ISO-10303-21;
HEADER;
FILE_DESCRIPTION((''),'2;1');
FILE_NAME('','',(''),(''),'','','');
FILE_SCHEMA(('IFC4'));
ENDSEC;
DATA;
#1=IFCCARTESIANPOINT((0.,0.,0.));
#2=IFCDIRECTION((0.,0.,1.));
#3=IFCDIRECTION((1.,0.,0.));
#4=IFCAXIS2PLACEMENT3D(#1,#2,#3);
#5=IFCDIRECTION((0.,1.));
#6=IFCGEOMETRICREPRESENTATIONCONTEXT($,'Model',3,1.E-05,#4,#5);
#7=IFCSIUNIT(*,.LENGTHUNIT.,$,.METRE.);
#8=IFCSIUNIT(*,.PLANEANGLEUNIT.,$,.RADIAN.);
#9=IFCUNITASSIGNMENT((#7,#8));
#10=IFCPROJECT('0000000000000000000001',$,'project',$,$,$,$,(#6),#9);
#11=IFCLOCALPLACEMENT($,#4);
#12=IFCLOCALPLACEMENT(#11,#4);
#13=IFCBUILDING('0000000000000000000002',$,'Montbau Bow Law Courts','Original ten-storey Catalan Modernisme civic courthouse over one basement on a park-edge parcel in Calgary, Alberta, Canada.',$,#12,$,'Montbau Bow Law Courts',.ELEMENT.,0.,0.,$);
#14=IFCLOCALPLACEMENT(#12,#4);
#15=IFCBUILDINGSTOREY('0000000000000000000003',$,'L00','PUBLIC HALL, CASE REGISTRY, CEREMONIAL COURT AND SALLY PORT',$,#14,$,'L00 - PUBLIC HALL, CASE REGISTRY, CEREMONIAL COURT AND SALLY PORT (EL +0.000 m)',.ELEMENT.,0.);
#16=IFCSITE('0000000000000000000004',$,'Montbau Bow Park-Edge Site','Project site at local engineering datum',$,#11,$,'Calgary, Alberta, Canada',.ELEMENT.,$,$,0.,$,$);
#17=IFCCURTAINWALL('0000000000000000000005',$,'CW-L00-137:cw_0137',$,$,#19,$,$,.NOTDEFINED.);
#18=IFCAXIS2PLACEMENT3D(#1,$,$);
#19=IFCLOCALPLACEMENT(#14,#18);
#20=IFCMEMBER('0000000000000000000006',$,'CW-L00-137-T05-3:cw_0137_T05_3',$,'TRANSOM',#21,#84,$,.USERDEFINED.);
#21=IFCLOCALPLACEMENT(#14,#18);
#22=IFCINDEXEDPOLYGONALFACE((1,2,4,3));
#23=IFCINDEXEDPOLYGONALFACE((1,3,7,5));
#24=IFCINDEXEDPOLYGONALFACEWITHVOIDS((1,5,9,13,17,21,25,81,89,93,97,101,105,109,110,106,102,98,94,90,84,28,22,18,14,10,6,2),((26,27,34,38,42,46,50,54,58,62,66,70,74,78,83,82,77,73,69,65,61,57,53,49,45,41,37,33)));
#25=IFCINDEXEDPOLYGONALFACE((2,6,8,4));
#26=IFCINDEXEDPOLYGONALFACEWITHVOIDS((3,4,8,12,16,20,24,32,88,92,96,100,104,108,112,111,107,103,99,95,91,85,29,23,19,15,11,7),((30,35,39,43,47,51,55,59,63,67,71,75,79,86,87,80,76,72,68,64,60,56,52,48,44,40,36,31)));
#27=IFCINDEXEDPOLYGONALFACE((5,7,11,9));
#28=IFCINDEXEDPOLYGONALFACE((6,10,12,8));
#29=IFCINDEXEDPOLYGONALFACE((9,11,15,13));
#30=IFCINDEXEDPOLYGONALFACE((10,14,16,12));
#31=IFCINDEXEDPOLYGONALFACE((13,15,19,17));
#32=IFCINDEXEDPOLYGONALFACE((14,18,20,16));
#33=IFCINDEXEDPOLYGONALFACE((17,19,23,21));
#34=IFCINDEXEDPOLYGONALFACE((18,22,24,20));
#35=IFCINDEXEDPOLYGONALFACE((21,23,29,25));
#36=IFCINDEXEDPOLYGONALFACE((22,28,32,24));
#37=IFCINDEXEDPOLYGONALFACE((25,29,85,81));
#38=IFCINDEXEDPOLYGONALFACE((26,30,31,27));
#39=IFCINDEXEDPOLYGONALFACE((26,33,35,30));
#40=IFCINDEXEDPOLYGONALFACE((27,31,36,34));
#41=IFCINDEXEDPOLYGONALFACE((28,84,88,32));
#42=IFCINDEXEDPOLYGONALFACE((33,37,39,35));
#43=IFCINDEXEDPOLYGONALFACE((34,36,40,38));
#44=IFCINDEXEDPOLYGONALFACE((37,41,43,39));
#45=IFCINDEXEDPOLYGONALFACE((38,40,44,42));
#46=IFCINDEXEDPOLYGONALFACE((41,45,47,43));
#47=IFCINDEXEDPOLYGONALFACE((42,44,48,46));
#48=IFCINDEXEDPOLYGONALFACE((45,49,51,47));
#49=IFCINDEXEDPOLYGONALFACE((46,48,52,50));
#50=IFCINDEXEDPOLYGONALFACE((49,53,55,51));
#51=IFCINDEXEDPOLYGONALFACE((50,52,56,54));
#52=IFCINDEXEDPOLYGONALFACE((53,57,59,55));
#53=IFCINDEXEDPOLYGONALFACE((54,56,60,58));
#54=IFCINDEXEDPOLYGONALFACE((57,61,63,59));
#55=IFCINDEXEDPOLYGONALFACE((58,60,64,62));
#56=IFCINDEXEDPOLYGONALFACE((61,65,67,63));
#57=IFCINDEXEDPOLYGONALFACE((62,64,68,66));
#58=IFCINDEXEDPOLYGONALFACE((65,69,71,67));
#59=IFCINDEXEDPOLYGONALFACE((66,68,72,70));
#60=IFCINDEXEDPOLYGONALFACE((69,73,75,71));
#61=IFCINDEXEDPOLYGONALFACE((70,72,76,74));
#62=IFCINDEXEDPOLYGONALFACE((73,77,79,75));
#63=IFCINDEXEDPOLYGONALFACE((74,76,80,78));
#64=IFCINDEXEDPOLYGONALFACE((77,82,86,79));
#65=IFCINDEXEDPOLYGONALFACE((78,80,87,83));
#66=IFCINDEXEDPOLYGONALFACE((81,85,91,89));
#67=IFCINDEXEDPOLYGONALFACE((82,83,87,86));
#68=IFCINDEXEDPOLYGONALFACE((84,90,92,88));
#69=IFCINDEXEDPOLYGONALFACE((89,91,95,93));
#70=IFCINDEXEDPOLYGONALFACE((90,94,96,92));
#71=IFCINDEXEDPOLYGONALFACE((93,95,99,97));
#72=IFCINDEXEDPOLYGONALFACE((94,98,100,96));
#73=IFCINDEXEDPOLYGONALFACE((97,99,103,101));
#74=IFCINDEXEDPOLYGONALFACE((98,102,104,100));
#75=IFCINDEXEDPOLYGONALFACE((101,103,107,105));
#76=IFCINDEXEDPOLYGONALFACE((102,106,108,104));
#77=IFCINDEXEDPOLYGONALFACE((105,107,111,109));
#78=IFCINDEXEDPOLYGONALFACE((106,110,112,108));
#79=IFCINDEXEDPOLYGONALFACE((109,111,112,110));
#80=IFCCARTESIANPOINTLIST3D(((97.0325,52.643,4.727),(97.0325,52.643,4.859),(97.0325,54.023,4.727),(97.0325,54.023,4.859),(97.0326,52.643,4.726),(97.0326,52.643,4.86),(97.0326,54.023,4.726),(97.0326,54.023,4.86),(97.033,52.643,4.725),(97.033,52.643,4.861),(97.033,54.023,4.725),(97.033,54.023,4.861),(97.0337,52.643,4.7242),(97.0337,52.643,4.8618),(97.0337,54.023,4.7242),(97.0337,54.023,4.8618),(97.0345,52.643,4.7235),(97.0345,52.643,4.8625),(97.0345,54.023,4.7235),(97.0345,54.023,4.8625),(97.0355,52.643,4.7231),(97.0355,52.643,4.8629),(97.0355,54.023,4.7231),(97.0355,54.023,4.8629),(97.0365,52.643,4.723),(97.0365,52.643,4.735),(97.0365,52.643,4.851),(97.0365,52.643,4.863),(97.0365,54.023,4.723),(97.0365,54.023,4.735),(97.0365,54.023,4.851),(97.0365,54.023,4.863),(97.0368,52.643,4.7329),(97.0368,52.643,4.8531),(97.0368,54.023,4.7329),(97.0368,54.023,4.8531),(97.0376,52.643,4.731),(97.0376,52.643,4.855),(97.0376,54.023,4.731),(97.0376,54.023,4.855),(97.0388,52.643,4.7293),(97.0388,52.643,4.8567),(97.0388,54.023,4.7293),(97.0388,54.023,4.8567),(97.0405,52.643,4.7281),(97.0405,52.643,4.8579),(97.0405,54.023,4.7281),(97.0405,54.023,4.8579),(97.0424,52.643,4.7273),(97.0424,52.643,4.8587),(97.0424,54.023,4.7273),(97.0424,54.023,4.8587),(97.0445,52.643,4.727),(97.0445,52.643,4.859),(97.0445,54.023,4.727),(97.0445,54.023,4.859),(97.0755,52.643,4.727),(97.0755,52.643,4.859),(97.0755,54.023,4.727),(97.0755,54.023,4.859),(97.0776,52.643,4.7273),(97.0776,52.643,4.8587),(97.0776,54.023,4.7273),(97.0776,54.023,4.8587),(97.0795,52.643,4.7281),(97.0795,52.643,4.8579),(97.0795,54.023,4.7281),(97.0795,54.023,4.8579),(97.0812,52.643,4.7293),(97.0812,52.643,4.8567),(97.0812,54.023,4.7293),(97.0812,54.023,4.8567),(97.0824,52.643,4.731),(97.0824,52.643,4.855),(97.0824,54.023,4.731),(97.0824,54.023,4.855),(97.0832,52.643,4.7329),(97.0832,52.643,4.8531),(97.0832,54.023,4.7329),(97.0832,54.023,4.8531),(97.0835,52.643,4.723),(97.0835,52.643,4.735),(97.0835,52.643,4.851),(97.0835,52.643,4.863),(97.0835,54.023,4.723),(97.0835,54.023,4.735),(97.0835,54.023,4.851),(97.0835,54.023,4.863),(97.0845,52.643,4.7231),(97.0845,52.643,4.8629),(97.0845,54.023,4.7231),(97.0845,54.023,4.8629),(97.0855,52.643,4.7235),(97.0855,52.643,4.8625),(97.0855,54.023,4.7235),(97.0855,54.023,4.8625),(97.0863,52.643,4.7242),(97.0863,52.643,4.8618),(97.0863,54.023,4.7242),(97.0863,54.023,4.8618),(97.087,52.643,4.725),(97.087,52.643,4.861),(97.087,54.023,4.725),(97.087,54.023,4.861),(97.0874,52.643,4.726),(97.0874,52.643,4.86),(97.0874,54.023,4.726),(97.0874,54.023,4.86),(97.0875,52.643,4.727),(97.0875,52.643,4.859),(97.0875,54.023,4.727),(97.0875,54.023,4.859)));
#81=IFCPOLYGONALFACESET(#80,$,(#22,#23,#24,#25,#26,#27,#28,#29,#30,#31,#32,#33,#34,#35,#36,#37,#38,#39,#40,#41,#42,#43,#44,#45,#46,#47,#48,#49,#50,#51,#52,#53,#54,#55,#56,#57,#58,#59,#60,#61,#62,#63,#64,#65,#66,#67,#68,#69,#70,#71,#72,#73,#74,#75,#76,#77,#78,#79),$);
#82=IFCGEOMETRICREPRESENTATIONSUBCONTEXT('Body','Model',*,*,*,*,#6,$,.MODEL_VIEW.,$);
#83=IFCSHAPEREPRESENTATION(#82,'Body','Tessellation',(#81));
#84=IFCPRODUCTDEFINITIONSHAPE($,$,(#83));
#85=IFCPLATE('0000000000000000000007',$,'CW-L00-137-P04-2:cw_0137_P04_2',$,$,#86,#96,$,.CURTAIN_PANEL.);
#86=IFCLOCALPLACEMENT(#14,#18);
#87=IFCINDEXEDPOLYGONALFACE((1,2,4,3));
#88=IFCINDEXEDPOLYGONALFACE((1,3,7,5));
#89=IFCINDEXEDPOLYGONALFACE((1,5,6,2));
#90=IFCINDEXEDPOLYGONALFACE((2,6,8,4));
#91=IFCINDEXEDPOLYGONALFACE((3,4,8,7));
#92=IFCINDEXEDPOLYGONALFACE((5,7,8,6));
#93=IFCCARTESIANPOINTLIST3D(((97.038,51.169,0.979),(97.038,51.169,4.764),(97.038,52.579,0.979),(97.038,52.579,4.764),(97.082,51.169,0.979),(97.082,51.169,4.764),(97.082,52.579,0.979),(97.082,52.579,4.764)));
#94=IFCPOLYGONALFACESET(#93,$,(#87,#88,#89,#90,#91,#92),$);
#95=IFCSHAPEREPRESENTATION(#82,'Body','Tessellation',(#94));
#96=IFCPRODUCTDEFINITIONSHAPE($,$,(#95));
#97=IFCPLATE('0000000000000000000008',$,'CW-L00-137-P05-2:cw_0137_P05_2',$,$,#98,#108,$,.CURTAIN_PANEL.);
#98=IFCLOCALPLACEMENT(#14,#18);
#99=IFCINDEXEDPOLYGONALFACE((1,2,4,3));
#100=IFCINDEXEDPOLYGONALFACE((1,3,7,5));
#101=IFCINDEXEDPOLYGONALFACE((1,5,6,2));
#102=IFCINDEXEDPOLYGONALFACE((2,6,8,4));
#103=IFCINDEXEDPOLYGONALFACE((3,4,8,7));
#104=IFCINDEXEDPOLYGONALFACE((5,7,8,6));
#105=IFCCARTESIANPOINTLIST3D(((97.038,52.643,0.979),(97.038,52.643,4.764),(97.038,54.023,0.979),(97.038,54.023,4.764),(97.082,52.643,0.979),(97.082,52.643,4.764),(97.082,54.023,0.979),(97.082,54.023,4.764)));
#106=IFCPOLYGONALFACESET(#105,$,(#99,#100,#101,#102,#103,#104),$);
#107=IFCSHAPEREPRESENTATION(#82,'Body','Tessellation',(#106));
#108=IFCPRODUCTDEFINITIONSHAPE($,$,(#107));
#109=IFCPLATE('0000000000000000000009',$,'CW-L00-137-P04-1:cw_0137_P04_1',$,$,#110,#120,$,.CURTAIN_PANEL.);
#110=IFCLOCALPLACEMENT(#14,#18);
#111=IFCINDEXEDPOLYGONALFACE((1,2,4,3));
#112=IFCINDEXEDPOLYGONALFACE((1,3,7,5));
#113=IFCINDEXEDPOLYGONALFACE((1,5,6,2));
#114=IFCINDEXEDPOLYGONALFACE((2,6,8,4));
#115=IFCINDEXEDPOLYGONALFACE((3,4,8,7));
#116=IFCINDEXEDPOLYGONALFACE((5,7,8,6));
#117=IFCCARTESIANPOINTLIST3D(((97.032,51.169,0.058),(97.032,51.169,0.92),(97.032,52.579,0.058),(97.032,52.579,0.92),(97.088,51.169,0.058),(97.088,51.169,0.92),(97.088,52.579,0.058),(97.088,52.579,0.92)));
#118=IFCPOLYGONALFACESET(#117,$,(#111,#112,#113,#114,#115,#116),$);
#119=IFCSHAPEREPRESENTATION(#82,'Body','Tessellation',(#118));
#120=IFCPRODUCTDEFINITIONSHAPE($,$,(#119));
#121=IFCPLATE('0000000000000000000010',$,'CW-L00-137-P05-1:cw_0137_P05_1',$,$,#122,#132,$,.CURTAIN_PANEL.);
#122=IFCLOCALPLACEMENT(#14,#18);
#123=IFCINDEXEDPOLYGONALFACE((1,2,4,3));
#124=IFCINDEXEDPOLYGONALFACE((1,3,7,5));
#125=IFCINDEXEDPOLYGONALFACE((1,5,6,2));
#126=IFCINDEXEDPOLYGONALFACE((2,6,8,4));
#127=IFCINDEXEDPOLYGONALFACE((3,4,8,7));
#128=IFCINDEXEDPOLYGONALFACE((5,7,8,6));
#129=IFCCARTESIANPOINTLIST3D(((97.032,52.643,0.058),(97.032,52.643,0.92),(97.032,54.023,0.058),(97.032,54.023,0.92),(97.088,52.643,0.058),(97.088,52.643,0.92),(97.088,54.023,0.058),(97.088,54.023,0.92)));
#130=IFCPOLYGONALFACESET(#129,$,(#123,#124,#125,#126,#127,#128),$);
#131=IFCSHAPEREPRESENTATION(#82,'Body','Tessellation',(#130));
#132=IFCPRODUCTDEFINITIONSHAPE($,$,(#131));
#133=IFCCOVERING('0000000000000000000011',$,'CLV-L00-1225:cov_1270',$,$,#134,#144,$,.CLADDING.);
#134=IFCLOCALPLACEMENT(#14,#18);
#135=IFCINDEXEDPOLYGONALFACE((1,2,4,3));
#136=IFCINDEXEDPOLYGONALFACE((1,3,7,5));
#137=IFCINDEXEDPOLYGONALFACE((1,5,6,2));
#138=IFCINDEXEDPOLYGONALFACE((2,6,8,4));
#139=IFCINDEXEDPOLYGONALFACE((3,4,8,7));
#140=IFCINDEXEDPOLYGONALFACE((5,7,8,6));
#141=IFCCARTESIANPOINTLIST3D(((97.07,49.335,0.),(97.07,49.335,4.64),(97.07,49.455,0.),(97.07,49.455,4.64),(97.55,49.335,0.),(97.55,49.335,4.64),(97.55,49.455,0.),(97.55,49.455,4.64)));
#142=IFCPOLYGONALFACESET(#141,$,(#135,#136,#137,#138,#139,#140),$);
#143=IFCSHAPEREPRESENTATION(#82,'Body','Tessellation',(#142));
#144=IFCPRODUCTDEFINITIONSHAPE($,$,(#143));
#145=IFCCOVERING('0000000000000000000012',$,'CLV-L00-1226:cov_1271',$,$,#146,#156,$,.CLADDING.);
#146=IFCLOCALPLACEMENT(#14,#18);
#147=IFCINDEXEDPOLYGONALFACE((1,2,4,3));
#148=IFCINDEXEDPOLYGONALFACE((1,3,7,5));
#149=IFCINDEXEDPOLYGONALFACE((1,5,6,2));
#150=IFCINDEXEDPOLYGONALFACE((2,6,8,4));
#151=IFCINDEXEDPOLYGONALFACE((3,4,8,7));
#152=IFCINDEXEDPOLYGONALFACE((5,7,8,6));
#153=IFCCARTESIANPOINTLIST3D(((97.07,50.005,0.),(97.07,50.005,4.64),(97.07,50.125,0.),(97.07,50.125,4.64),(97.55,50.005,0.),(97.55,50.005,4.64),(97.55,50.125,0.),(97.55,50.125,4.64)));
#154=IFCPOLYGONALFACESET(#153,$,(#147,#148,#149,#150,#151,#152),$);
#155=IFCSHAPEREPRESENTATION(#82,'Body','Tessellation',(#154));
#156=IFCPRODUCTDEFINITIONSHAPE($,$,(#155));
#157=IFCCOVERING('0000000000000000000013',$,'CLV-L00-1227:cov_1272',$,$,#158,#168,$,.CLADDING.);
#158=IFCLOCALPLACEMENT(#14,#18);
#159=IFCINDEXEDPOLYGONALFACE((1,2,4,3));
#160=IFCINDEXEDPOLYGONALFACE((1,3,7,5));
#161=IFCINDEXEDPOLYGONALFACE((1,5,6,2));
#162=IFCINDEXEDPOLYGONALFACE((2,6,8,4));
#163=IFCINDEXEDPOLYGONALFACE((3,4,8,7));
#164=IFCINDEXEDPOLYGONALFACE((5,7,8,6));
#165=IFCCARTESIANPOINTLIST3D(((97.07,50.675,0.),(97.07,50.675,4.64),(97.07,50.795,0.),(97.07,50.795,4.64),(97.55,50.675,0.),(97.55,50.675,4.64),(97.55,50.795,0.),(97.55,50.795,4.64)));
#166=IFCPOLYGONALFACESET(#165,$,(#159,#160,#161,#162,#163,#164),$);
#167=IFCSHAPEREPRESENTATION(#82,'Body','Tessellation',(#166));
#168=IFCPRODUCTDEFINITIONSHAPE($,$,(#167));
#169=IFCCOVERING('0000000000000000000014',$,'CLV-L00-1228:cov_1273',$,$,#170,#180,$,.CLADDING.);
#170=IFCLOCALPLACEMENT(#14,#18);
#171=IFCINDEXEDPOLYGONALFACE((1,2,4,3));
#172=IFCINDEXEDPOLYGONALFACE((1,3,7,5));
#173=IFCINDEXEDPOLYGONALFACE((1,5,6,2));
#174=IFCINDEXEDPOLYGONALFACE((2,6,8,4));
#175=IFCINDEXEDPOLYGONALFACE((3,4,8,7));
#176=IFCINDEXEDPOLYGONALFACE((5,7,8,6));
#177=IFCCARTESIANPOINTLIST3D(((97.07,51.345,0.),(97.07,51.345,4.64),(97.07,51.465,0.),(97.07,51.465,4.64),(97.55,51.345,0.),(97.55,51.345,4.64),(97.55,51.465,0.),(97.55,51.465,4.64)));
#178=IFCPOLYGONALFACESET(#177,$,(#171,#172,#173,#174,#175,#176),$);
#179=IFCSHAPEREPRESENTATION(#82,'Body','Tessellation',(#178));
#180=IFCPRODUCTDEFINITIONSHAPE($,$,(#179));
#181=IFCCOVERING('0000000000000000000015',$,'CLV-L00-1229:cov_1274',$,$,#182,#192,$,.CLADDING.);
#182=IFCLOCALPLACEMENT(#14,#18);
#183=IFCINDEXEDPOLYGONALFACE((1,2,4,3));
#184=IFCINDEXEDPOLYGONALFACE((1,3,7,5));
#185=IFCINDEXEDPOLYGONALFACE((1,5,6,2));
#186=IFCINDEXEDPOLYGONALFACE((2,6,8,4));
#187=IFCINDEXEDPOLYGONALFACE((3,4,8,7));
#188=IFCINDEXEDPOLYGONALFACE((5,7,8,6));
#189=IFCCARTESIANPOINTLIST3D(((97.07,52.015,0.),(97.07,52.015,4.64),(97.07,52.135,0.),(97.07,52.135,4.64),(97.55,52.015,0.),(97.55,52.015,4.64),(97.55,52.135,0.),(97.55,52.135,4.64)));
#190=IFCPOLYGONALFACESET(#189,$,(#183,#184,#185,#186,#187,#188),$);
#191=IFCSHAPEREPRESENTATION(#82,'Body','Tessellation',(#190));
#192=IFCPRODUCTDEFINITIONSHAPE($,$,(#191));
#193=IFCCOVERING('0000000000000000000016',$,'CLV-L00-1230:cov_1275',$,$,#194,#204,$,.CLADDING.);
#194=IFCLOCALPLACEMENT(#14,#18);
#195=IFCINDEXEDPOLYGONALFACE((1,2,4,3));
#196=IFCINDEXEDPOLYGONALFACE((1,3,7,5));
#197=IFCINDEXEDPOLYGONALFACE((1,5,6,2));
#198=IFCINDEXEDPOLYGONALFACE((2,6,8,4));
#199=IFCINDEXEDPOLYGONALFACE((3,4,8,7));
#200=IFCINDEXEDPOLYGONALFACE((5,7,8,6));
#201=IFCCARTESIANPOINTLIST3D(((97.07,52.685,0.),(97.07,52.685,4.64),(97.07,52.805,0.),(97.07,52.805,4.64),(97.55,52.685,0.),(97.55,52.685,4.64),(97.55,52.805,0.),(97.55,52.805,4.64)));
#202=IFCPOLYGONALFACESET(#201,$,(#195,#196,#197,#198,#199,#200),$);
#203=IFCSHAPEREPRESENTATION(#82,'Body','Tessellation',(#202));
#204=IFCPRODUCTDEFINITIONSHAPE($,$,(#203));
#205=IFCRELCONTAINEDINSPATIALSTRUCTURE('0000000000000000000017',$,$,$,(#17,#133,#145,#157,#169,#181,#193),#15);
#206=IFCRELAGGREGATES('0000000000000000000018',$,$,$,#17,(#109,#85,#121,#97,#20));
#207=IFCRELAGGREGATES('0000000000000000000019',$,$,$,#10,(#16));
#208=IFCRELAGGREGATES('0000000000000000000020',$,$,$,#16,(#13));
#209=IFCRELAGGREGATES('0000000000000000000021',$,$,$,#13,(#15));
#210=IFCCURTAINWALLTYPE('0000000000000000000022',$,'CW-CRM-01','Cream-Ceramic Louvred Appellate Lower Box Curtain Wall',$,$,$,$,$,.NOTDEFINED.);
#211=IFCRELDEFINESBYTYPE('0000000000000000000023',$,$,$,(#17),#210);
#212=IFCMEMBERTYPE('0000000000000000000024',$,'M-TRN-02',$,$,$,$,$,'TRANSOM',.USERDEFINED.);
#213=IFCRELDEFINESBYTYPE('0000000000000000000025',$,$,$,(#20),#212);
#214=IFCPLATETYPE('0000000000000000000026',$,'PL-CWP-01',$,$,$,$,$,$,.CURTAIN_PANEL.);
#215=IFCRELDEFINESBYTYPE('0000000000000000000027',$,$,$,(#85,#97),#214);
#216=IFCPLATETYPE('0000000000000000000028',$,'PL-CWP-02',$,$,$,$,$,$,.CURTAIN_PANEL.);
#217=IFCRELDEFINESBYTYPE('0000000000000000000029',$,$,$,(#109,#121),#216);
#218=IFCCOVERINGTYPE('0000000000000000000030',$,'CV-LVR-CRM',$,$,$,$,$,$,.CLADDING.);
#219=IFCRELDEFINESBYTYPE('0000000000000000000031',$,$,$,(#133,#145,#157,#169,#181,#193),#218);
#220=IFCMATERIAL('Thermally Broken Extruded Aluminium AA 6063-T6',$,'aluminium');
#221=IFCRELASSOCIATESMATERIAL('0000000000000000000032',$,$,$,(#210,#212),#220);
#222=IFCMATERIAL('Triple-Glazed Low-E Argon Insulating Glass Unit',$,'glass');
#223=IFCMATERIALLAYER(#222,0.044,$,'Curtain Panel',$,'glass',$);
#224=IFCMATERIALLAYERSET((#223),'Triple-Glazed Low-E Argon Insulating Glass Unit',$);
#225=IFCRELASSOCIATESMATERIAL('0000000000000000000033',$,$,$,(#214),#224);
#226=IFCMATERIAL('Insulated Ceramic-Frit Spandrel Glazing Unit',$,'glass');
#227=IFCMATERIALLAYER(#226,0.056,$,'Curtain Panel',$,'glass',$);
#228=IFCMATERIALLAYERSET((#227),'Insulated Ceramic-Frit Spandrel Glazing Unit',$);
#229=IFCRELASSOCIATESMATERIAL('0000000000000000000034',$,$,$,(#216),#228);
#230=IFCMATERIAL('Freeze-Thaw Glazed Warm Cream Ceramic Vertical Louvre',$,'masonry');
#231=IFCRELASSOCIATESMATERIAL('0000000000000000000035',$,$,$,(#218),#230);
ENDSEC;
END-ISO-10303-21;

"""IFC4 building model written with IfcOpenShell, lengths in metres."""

from ifc_helpers import new_model, si_unit, direction, frame, frame_2d, origin_with_axes, origin_2d_with_axis, place, context, subcontext, project, spatial, rectangle, hollow_rectangle, extrude, material, layer, layer_set, material_profile, profile_set, type_object, element, aggregate, save


model = new_model("IFC4")

# Units and contexts
model_context = context("Model", 3, precision=1e-05, world=origin_with_axes(), true_north=direction((0.0, 1.0)))
body_context = subcontext(model_context, "Body", "Model", "MODEL_VIEW")
ifc_project = project(units=[si_unit("LENGTHUNIT", "METRE"), si_unit("PLANEANGLEUNIT", "RADIAN")], contexts=[model_context])

# Site, building, storey
site_placement = place(None, origin_with_axes())
site = spatial("IfcSite", under=ifc_project, at=site_placement, Name="Montbau Bow Park-Edge Site", Description="Project site at local engineering datum", LongName="Calgary, Alberta, Canada", CompositionType="ELEMENT", RefElevation=0.0)
building_placement = place(site_placement, origin_with_axes())
building = spatial("IfcBuilding", under=site, at=building_placement, Name="Montbau Bow Law Courts", Description="Original ten-storey Catalan Modernisme civic courthouse over one basement on a park-edge parcel in Calgary, Alberta, Canada.", LongName="Montbau Bow Law Courts", CompositionType="ELEMENT", ElevationOfRefHeight=0.0, ElevationOfTerrain=0.0)
storey_placement = place(building_placement, origin_with_axes())
storey = spatial("IfcBuildingStorey", under=building, at=storey_placement, Name="L00", Description="PUBLIC HALL, CASE REGISTRY, CEREMONIAL COURT AND SALLY PORT", LongName="L00 - PUBLIC HALL, CASE REGISTRY, CEREMONIAL COURT AND SALLY PORT (EL +0.000 m)", CompositionType="ELEMENT", Elevation=0.0)

# Curtain wall, member, plates
ifc_material_1 = material(Name="Thermally Broken Extruded Aluminium AA 6063-T6", Category="aluminium")
curtain_wall_type = type_object("IfcCurtainWallType", Name="CW-CRM-01", Description="Cream-Ceramic Louvred Appellate Lower Box Curtain Wall", PredefinedType="NOTDEFINED", material=ifc_material_1)
curtain_wall_placement = place(None, frame((97.06, 46.715, 0.0), z_axis=(0.0, 0.0, 1.0), x_axis=(1.0, 0.0, 0.0)))
curtain_wall = element("IfcCurtainWall", 1, at=curtain_wall_placement, inside=storey, type_object=curtain_wall_type, Name="CW-L00-137:cw_0137", PredefinedType="NOTDEFINED")
ifc_material_profile_1 = material_profile(ifc_material_1, hollow_rectangle(XDim=0.055, YDim=0.14, WallThickness=0.004, InnerFilletRadius=0.008, OuterFilletRadius=0.004, at=origin_2d_with_axis()), Name="CWT-140X55", Category="Main", Priority=0)
ifc_profile_set_1 = profile_set([ifc_material_profile_1], Name="Thermally Broken Extruded Aluminium AA 6063-T6")
member_type_1 = type_object("IfcMemberType", Name="M-TRN-02", ElementType="TRANSOM", PredefinedType="USERDEFINED", material=ifc_profile_set_1)
member_1_placement = place(None, frame((97.06, 52.643, 4.793), z_axis=(0.0, 1.0, 0.0), x_axis=(-1.0, 0.0, 0.0)))
member_1 = element("IfcMember", 2, at=member_1_placement, type_object=member_type_1, Name="CW-L00-137-T05-3:cw_0137_T05_3", ObjectType="TRANSOM", PredefinedType="USERDEFINED", context=body_context, shape_type="SweptSolid", body=[
    extrude(hollow_rectangle(XDim=0.055, YDim=0.14, WallThickness=0.004, InnerFilletRadius=0.008, OuterFilletRadius=0.004, at=origin_2d_with_axis()), origin_with_axes(), (0.0, 0.0, 1.0), 1.38),
])
ifc_material_2 = material(Name="Triple-Glazed Low-E Argon Insulating Glass Unit", Category="glass")
ifc_layer_1 = layer(ifc_material_2, 0.044, Name="Curtain Panel", Category="glass")
ifc_layer_set_1 = layer_set([ifc_layer_1], Name="Triple-Glazed Low-E Argon Insulating Glass Unit")
plate_type_1 = type_object("IfcPlateType", Name="PL-CWP-01", PredefinedType="CURTAIN_PANEL", material=ifc_layer_set_1)
plate_1_placement = place(None, frame((97.06, 51.169, 0.979), z_axis=(1.0, 0.0, 0.0), x_axis=(0.0, 1.0, 0.0)))
plate_1 = element("IfcPlate", 3, at=plate_1_placement, type_object=plate_type_1, Name="CW-L00-137-P04-2:cw_0137_P04_2", PredefinedType="CURTAIN_PANEL", context=body_context, shape_type="SweptSolid", body=[
    extrude(rectangle(XDim=1.41, YDim=3.785, at=frame_2d((0.705, 1.8925), x_axis=(1.0, 0.0))), frame((0.0, 0.0, -0.022), z_axis=(0.0, 0.0, 1.0), x_axis=(1.0, 0.0, 0.0)), (0.0, 0.0, 1.0), 0.044),
])
plate_2_placement = place(None, frame((97.06, 52.643, 0.979), z_axis=(1.0, 0.0, 0.0), x_axis=(0.0, 1.0, 0.0)))
plate_2 = element("IfcPlate", 4, at=plate_2_placement, type_object=plate_type_1, Name="CW-L00-137-P05-2:cw_0137_P05_2", PredefinedType="CURTAIN_PANEL", context=body_context, shape_type="SweptSolid", body=[
    extrude(rectangle(XDim=1.38, YDim=3.785, at=frame_2d((0.69, 1.8925), x_axis=(1.0, 0.0))), frame((0.0, 0.0, -0.022), z_axis=(0.0, 0.0, 1.0), x_axis=(1.0, 0.0, 0.0)), (0.0, 0.0, 1.0), 0.044),
])
ifc_material_3 = material(Name="Insulated Ceramic-Frit Spandrel Glazing Unit", Category="glass")
ifc_layer_2 = layer(ifc_material_3, 0.056, Name="Curtain Panel", Category="glass")
ifc_layer_set_2 = layer_set([ifc_layer_2], Name="Insulated Ceramic-Frit Spandrel Glazing Unit")
plate_type_2 = type_object("IfcPlateType", Name="PL-CWP-02", PredefinedType="CURTAIN_PANEL", material=ifc_layer_set_2)
plate_3_placement = place(None, frame((97.06, 51.169, 0.058), z_axis=(1.0, 0.0, 0.0), x_axis=(0.0, 1.0, 0.0)))
plate_3 = element("IfcPlate", 5, at=plate_3_placement, type_object=plate_type_2, Name="CW-L00-137-P04-1:cw_0137_P04_1", PredefinedType="CURTAIN_PANEL", context=body_context, shape_type="SweptSolid", body=[
    extrude(rectangle(XDim=1.41, YDim=0.862, at=frame_2d((0.705, 0.431), x_axis=(1.0, 0.0))), frame((0.0, 0.0, -0.028), z_axis=(0.0, 0.0, 1.0), x_axis=(1.0, 0.0, 0.0)), (0.0, 0.0, 1.0), 0.056),
])
plate_4_placement = place(None, frame((97.06, 52.643, 0.058), z_axis=(1.0, 0.0, 0.0), x_axis=(0.0, 1.0, 0.0)))
plate_4 = element("IfcPlate", 6, at=plate_4_placement, type_object=plate_type_2, Name="CW-L00-137-P05-1:cw_0137_P05_1", PredefinedType="CURTAIN_PANEL", context=body_context, shape_type="SweptSolid", body=[
    extrude(rectangle(XDim=1.38, YDim=0.862, at=frame_2d((0.69, 0.431), x_axis=(1.0, 0.0))), frame((0.0, 0.0, -0.028), z_axis=(0.0, 0.0, 1.0), x_axis=(1.0, 0.0, 0.0)), (0.0, 0.0, 1.0), 0.056),
])
aggregate(curtain_wall, [plate_3, plate_1, plate_4, plate_2, member_1])

# Coverings
ifc_material_4 = material(Name="Freeze-Thaw Glazed Warm Cream Ceramic Vertical Louvre", Category="masonry")
covering_type = type_object("IfcCoveringType", Name="CV-LVR-CRM", PredefinedType="CLADDING", material=ifc_material_4)
for number, where, z_axis, x_axis, name in (
    (7, (97.07, 49.395, 0.0), (0.0, -1.0, 0.0), (1.0, 0.0, 0.0), "CLV-L00-1225:cov_1270"),
    (8, (97.07, 50.065, 0.0), (0.0, -1.0, 0.0), (1.0, 0.0, 0.0), "CLV-L00-1226:cov_1271"),
    (9, (97.07, 50.735, 0.0), (0.0, -1.0, 0.0), (1.0, 0.0, 0.0), "CLV-L00-1227:cov_1272"),
    (10, (97.07, 51.405, 0.0), (0.0, -1.0, 0.0), (1.0, 0.0, 0.0), "CLV-L00-1228:cov_1273"),
    (11, (97.07, 52.075, 0.0), (0.0, -1.0, 0.0), (1.0, 0.0, 0.0), "CLV-L00-1229:cov_1274"),
    (12, (97.07, 52.745, 0.0), (0.0, -1.0, 0.0), (1.0, 0.0, 0.0), "CLV-L00-1230:cov_1275"),
):
    element("IfcCovering", number, at=place(None, frame(where, z_axis=z_axis, x_axis=x_axis)), inside=storey, type_object=covering_type, Name=name, PredefinedType="CLADDING", context=body_context, shape_type="SweptSolid", body=[
        extrude(rectangle(XDim=0.48, YDim=4.64, at=frame_2d((0.24, 2.32), x_axis=(1.0, 0.0))), frame((0.0, 0.0, -0.06), z_axis=(0.0, 0.0, 1.0), x_axis=(1.0, 0.0, 0.0)), (0.0, 0.0, 1.0), 0.12),
    ])

save(model, "model.ifc")
